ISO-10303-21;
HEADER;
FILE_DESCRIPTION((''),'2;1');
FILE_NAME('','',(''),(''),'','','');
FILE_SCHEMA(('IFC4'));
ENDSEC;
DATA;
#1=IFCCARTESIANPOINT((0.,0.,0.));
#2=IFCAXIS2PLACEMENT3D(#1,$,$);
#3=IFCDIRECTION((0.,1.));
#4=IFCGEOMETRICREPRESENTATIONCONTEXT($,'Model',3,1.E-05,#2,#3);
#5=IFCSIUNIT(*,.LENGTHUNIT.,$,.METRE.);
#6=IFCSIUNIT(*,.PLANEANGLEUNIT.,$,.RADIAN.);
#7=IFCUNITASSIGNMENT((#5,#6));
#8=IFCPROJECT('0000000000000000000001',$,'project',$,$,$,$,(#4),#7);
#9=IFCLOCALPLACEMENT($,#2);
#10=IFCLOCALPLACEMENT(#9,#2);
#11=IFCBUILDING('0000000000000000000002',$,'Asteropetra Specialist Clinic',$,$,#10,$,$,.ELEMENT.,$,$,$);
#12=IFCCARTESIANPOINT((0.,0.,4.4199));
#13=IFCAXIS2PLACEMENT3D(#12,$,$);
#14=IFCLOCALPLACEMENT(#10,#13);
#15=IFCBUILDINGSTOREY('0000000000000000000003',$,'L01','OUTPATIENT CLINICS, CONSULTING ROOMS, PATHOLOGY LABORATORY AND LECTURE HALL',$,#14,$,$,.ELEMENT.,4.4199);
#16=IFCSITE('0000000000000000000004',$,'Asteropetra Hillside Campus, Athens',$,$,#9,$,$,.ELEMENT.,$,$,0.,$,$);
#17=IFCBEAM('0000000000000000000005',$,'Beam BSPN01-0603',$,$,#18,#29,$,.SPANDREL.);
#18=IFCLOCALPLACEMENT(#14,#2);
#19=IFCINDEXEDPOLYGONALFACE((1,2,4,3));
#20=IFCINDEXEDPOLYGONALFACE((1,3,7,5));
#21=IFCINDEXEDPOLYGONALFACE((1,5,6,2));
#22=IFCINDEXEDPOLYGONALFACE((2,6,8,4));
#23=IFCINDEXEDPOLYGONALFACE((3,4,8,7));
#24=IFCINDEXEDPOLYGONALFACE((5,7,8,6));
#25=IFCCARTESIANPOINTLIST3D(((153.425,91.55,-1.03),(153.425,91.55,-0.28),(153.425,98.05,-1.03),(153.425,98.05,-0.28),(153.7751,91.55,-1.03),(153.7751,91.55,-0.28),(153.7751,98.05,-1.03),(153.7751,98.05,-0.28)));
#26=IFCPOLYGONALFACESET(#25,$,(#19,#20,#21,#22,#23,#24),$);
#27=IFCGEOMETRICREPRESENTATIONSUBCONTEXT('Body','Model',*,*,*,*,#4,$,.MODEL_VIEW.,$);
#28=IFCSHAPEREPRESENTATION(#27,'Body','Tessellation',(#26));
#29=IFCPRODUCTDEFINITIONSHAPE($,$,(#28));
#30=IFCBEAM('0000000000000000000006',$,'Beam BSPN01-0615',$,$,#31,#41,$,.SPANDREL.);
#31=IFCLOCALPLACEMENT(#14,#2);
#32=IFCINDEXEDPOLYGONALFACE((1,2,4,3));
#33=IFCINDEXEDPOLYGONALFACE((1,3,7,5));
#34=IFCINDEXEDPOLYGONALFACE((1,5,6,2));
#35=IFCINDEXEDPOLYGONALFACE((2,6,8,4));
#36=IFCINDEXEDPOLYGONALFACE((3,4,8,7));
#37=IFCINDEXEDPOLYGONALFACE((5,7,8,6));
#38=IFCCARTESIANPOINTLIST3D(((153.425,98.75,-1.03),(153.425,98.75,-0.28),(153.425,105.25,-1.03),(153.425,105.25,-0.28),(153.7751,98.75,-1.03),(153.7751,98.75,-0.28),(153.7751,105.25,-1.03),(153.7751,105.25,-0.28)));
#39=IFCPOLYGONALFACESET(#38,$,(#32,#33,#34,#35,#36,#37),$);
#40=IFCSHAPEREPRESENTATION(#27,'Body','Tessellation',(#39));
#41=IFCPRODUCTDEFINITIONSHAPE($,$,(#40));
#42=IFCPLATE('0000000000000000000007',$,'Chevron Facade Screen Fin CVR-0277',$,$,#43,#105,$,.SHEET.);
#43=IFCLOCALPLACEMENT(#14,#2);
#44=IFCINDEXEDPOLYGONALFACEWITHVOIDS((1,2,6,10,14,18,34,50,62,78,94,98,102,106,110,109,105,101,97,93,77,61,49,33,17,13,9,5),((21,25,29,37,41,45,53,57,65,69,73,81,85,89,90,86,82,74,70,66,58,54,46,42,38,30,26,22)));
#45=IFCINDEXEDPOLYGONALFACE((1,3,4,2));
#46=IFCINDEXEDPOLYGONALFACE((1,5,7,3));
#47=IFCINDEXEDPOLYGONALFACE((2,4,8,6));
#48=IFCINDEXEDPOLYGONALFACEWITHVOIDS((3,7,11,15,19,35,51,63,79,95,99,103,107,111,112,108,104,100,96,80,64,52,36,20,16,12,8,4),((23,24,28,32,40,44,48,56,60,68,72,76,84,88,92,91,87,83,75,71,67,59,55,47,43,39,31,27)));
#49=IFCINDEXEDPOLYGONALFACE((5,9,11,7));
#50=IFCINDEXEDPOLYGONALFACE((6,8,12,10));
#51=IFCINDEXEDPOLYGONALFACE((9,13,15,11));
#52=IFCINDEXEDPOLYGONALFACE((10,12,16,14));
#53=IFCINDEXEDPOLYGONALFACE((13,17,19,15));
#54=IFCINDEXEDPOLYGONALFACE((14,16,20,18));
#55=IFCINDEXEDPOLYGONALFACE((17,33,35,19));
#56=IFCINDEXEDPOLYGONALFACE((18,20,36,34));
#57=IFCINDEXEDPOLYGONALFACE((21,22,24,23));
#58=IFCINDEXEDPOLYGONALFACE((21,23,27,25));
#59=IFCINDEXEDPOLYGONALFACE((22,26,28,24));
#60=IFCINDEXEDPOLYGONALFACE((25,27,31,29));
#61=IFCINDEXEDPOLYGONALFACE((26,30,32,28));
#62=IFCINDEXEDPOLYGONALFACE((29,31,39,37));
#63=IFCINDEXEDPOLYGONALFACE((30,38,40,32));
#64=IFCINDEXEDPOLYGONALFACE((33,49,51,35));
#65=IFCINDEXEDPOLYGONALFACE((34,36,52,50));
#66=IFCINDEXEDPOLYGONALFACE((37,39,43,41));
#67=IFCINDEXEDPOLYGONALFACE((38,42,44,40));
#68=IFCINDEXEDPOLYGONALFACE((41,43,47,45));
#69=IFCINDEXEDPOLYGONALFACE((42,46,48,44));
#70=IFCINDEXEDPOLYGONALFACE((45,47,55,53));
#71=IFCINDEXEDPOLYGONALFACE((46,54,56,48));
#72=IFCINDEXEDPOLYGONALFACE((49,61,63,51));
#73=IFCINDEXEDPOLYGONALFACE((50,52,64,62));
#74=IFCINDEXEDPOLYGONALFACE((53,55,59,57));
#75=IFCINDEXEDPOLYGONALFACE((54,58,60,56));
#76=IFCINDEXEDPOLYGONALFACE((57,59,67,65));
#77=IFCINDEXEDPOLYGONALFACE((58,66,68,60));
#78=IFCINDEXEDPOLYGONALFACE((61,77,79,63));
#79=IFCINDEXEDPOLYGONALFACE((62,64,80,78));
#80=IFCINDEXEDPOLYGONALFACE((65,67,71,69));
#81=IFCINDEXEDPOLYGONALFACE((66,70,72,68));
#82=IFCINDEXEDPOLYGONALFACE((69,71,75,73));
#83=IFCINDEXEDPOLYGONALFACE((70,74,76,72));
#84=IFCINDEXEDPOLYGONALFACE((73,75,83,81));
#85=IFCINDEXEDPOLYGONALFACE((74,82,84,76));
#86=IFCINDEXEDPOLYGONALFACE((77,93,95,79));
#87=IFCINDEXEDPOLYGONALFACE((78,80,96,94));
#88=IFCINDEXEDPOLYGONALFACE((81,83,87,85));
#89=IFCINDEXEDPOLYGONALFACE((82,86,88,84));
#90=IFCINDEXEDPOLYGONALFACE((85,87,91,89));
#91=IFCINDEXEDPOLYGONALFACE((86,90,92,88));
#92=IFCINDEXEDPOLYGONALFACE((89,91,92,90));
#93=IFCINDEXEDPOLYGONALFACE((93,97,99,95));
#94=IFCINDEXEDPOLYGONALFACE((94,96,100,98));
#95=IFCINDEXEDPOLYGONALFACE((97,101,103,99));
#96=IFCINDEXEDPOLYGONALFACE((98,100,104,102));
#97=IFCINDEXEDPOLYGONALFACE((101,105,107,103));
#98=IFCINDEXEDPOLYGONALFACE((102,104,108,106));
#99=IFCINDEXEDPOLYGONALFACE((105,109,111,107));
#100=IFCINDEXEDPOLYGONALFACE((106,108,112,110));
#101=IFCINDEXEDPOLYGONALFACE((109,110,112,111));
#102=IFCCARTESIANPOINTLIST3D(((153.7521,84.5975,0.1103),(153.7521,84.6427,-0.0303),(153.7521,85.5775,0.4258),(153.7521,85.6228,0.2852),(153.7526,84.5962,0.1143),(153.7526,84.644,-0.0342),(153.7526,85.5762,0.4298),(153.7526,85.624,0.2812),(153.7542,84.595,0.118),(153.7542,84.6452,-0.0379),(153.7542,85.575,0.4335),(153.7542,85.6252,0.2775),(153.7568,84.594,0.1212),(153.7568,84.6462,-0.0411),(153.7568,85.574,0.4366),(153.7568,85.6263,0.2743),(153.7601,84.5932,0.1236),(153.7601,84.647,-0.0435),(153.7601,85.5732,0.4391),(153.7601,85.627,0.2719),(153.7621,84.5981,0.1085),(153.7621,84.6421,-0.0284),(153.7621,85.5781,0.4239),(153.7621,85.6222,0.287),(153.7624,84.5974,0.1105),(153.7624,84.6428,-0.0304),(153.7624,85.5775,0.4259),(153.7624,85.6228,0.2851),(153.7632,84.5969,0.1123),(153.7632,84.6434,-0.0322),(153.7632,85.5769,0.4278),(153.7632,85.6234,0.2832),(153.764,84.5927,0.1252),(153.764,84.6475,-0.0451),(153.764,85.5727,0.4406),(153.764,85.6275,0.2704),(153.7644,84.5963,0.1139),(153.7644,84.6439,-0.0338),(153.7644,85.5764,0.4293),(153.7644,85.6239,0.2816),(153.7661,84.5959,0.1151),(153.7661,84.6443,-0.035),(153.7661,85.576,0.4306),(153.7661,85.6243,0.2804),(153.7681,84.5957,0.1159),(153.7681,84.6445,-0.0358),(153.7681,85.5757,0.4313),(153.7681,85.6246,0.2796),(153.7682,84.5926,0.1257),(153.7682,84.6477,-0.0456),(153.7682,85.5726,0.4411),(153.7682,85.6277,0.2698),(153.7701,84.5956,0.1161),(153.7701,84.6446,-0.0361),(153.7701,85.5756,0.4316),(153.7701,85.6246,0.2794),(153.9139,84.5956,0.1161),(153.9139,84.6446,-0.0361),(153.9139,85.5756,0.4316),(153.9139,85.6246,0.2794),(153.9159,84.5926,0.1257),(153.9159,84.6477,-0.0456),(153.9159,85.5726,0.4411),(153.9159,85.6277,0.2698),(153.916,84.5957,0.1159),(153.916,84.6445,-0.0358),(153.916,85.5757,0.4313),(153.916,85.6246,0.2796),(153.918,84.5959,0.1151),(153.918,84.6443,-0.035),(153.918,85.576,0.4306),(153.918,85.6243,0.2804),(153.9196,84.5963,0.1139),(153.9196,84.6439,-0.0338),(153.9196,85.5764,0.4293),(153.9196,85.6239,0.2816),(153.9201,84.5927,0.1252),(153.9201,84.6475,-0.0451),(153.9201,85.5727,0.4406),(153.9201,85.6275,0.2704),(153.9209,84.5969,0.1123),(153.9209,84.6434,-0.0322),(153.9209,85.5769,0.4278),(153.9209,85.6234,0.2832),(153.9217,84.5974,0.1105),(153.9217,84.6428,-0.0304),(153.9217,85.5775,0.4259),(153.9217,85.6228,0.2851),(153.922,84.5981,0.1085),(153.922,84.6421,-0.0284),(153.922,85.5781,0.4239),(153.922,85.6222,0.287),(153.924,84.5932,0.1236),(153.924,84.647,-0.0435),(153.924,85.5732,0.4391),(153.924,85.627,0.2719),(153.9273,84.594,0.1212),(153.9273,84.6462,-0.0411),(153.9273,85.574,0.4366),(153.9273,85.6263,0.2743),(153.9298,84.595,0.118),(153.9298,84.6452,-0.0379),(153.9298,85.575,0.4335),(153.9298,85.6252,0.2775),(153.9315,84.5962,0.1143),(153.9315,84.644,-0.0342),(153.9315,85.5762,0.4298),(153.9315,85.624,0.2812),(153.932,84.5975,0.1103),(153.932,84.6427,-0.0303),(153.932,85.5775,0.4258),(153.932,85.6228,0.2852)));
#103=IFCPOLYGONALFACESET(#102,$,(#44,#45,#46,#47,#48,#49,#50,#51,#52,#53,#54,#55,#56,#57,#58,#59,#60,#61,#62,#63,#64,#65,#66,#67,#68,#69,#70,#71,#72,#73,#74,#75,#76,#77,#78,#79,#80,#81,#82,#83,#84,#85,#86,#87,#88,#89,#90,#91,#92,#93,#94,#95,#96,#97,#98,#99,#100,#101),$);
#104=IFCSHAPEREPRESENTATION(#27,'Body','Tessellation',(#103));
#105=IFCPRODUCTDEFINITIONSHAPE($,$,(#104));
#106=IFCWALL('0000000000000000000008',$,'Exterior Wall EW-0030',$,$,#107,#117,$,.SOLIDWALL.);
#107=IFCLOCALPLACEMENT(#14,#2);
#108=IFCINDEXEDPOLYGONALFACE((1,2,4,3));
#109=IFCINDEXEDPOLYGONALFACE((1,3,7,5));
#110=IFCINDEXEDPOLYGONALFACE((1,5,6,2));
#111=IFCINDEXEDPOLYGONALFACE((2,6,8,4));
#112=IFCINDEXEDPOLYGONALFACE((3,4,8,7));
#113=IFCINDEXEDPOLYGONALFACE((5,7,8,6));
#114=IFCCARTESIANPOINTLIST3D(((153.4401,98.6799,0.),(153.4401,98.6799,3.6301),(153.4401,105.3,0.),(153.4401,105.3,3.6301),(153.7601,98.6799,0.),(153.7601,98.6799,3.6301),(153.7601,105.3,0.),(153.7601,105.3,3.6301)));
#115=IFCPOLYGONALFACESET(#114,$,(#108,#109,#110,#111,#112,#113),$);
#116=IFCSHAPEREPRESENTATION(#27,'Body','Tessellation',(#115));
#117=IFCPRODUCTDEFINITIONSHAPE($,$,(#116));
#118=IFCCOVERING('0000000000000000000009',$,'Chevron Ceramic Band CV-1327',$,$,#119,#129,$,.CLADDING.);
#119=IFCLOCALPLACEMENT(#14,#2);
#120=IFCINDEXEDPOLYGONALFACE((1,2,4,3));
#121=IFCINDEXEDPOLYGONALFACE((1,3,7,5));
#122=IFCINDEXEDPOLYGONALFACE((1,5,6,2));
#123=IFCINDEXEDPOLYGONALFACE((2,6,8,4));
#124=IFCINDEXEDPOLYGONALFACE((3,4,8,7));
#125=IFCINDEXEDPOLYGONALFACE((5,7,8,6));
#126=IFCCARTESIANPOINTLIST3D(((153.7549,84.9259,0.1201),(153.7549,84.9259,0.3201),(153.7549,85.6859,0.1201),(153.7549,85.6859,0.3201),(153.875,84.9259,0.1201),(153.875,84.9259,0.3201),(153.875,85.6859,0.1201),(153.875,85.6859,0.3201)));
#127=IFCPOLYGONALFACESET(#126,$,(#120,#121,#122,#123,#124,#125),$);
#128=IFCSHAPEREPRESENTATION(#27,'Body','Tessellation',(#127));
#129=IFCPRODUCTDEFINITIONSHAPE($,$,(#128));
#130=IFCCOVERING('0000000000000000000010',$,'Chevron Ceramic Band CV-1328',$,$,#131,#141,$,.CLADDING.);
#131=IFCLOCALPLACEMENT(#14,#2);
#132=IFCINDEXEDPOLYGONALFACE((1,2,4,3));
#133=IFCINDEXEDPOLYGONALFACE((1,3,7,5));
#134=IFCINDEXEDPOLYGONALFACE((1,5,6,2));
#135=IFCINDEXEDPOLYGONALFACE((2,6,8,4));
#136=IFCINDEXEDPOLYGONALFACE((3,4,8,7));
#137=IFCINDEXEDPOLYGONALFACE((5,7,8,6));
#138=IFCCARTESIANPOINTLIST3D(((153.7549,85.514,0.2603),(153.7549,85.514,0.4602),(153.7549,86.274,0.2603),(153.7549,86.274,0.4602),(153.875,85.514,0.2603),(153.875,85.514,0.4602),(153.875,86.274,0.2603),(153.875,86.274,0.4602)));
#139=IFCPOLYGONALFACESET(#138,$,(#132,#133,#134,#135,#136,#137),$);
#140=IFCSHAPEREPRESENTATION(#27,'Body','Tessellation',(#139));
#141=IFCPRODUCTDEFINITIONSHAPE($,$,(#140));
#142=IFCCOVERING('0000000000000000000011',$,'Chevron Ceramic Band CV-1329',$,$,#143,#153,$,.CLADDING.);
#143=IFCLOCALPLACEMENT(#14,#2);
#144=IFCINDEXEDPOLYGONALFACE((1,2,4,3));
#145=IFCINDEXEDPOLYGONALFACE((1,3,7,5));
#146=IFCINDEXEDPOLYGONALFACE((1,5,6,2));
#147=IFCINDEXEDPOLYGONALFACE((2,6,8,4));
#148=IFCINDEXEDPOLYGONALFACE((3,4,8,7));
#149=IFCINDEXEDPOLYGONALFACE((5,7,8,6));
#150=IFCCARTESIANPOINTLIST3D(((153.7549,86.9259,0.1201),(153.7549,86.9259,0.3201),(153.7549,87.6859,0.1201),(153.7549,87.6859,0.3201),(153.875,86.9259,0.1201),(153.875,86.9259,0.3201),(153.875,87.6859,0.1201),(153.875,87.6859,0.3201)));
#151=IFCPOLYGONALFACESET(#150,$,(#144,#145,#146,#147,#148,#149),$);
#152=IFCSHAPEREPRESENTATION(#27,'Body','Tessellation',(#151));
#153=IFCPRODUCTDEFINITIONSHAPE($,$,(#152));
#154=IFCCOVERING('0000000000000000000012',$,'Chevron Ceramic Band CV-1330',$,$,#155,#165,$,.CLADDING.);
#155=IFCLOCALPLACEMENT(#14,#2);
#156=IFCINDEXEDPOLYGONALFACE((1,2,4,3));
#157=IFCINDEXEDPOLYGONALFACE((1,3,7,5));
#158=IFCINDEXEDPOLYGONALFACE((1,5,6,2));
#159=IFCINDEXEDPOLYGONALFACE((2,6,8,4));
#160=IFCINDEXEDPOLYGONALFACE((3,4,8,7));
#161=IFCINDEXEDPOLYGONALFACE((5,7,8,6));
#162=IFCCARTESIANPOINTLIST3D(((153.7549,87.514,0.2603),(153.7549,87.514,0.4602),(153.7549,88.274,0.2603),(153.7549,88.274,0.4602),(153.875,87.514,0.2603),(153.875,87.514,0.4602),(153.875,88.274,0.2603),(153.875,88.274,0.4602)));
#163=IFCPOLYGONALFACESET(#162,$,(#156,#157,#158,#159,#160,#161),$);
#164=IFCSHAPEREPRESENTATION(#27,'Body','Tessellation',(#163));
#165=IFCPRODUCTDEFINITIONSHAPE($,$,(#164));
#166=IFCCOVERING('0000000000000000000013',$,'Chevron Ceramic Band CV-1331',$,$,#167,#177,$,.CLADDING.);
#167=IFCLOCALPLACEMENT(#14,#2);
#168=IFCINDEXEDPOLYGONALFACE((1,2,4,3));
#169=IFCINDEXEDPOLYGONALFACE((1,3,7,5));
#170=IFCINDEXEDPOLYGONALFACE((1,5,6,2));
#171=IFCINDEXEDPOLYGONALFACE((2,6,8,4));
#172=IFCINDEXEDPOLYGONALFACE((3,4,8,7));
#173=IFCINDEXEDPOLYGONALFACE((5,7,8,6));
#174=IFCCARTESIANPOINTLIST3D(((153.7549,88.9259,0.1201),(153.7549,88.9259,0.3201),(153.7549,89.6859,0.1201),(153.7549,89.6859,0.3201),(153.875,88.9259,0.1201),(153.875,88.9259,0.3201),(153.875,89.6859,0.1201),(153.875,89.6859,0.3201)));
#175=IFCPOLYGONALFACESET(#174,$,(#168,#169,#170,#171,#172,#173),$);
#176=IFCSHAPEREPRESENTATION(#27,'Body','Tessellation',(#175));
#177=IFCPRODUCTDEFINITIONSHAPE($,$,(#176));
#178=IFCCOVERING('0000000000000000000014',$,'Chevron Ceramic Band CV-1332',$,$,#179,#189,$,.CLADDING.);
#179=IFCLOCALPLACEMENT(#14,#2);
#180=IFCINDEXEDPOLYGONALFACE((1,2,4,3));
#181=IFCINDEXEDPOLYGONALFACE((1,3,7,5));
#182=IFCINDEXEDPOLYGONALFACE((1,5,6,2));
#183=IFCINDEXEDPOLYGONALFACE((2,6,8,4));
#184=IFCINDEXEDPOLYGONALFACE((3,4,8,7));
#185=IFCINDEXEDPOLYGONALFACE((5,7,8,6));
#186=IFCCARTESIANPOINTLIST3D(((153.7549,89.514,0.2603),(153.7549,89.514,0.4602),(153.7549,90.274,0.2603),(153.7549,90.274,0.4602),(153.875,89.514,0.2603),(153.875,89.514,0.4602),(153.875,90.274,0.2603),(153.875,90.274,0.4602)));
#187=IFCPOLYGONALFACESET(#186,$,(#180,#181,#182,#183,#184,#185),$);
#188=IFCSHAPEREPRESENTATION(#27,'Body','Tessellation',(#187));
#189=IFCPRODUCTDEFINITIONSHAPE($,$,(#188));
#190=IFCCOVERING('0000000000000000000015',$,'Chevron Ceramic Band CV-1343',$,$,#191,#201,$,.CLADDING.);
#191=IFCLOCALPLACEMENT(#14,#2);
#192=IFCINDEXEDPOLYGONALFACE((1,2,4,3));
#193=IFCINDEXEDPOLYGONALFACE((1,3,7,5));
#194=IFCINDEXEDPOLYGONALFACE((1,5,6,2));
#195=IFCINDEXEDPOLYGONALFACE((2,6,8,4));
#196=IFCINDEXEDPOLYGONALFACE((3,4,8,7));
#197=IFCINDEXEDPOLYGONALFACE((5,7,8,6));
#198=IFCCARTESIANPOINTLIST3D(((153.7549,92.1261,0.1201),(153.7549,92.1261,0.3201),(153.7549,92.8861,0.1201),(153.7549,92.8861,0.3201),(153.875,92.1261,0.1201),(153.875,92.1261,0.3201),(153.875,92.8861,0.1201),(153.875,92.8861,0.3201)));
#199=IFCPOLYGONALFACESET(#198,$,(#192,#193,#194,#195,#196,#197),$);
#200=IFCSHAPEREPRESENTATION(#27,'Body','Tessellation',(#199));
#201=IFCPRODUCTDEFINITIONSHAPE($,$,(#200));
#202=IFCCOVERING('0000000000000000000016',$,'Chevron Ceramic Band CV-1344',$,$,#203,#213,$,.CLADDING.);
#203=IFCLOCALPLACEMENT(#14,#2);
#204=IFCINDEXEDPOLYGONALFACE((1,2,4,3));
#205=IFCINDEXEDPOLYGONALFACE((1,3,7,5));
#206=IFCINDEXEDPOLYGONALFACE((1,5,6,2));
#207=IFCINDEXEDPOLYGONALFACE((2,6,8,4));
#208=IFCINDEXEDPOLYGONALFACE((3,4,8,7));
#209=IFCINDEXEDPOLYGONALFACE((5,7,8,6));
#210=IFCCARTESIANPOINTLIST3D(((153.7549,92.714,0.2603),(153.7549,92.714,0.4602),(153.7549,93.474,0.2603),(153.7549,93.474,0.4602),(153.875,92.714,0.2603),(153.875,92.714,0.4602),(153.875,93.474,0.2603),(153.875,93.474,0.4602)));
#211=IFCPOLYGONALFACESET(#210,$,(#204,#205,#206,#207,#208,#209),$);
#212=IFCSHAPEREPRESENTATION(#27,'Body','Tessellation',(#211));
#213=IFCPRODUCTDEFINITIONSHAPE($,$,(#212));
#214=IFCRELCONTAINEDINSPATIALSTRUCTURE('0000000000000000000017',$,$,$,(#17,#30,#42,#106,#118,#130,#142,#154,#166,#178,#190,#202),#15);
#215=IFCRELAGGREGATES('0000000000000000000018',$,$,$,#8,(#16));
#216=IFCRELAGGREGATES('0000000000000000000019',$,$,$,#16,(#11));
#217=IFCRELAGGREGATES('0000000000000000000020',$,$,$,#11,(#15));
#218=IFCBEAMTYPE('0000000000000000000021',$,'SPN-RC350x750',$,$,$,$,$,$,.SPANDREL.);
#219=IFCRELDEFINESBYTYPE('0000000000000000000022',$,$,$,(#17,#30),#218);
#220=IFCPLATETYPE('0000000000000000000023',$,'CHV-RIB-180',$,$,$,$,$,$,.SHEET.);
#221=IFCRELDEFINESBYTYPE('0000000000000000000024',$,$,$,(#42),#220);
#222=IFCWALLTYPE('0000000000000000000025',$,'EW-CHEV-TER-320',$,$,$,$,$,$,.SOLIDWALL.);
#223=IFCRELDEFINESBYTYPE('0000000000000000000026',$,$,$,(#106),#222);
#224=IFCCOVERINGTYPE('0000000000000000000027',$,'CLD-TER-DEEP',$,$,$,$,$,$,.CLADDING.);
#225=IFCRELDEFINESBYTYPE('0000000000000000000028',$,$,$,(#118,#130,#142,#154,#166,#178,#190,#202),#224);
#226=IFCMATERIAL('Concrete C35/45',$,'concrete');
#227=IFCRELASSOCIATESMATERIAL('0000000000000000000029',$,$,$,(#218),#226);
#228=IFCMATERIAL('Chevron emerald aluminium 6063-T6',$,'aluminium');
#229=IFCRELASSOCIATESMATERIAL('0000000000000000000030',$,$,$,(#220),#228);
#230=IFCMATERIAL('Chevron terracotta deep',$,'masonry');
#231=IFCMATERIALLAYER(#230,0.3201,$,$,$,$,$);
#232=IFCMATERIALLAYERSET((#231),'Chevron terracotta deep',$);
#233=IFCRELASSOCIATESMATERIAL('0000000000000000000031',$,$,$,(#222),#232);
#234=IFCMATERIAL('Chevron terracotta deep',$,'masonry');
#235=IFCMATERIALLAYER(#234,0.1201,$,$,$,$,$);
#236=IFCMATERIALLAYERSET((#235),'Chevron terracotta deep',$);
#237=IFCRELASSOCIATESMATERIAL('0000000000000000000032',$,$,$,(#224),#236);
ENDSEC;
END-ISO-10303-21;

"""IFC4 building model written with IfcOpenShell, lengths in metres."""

from ifc_helpers import new_model, si_unit, direction, frame, frame_2d, origin, origin_2d, place, context, subcontext, project, spatial, rectangle, hollow_rectangle, extrude, material, layer, layer_set, material_profile, profile_set, type_object, element, save


model = new_model("IFC4")

# Units and contexts
model_context = context("Model", 3, precision=1e-05, world=origin(), true_north=direction((0.0, 1.0)))
body_context = subcontext(model_context, "Body", "Model", "MODEL_VIEW")
ifc_project = project(units=[si_unit("LENGTHUNIT", "METRE"), si_unit("PLANEANGLEUNIT", "RADIAN")], contexts=[model_context])

# Site, building, storey
site_placement = place(None, origin())
site = spatial("IfcSite", under=ifc_project, at=site_placement, Name="Asteropetra Hillside Campus, Athens", CompositionType="ELEMENT", RefElevation=0.0)
building_placement = place(site_placement, origin())
building = spatial("IfcBuilding", under=site, at=building_placement, Name="Asteropetra Specialist Clinic", CompositionType="ELEMENT")
storey_placement = place(building_placement, frame((0.0, 0.0, 4.4199)))
storey = spatial("IfcBuildingStorey", under=building, at=storey_placement, Name="L01", Description="OUTPATIENT CLINICS, CONSULTING ROOMS, PATHOLOGY LABORATORY AND LECTURE HALL", CompositionType="ELEMENT", Elevation=4.4199)

# Beams
ifc_material_1 = material(Name="Concrete C35/45", Category="concrete")
ifc_material_profile_1 = material_profile(ifc_material_1, rectangle(XDim=0.3501, YDim=0.75, at=origin_2d()), Name="RCS 350x750")
ifc_profile_set_1 = profile_set([ifc_material_profile_1], Name="Concrete C35/45")
beam_type = type_object("IfcBeamType", Name="SPN-RC350x750", PredefinedType="SPANDREL", material=ifc_profile_set_1)
for number, where, z_axis, x_axis, name in (
    (1, (153.6001, 91.55, -0.655), (0.0, 1.0, 0.0), (-1.0, 0.0, 0.0), "Beam BSPN01-0603"),
    (2, (153.6001, 98.75, -0.655), (0.0, 1.0, 0.0), (-1.0, 0.0, 0.0), "Beam BSPN01-0615"),
):
    element("IfcBeam", number, at=place(storey_placement, frame(where, z_axis=z_axis, x_axis=x_axis)), inside=storey, type_object=beam_type, Name=name, PredefinedType="SPANDREL", context=body_context, shape_type="SweptSolid", body=[
        extrude(rectangle(XDim=0.3501, YDim=0.75, at=origin_2d()), origin(), (0.0, 0.0, 1.0), 6.5),
    ])

# Plate
ifc_material_2 = material(Name="Chevron emerald aluminium 6063-T6", Category="aluminium")
ifc_material_profile_2 = material_profile(ifc_material_2, hollow_rectangle(XDim=0.1799, YDim=0.1799, WallThickness=0.01, InnerFilletRadius=0.0081, OuterFilletRadius=0.0161, at=origin_2d()), Name="SHS 180x180x10.0")
ifc_profile_set_2 = profile_set([ifc_material_profile_2], Name="Chevron emerald aluminium 6063-T6")
plate_type = type_object("IfcPlateType", Name="CHV-RIB-180", PredefinedType="SHEET", material=ifc_profile_set_2)
plate_placement = place(storey_placement, frame((153.842, 84.6201, 0.04), z_axis=(0.0, 0.951905, 0.306393), x_axis=(-1.0, 0.0, 0.0)))
element("IfcPlate", 3, at=plate_placement, inside=storey, type_object=plate_type, Name="Chevron Facade Screen Fin CVR-0277", PredefinedType="SHEET", context=body_context, shape_type="SweptSolid", body=[
    extrude(hollow_rectangle(XDim=0.1799, YDim=0.1799, WallThickness=0.01, InnerFilletRadius=0.0081, OuterFilletRadius=0.0161, at=origin_2d()), origin(), (0.0, 0.0, 1.0), 1.0295),
])

# Wall
ifc_material_3 = material(Name="Chevron terracotta deep", Category="masonry")
ifc_layer_1 = layer(ifc_material_3, 0.3201)
ifc_layer_set_1 = layer_set([ifc_layer_1], Name="Chevron terracotta deep")
wall_type = type_object("IfcWallType", Name="EW-CHEV-TER-320", PredefinedType="SOLIDWALL", material=ifc_layer_set_1)
wall_placement = place(storey_placement, frame((153.6001, 98.6799, 0.0), z_axis=(0.0, 0.0, 1.0), x_axis=(0.0, 1.0, 0.0)))
element("IfcWall", 4, at=wall_placement, inside=storey, type_object=wall_type, Name="Exterior Wall EW-0030", PredefinedType="SOLIDWALL", context=body_context, shape_type="SweptSolid", body=[
    extrude(rectangle(XDim=6.6201, YDim=0.3201, at=frame_2d((3.3101, 0.0))), origin(), (0.0, 0.0, 1.0), 3.6301),
])

# Coverings
ifc_material_4 = material(Name="Chevron terracotta deep", Category="masonry")
ifc_layer_2 = layer(ifc_material_4, 0.1201)
ifc_layer_set_2 = layer_set([ifc_layer_2], Name="Chevron terracotta deep")
covering_type_1 = type_object("IfcCoveringType", Name="CLD-TER-DEEP", PredefinedType="CLADDING", material=ifc_layer_set_2)
for number, where, z_axis, x_axis, name in (
    (5, (153.8149, 85.3059, 0.1201), (0.0, 0.0, 1.0), (1.0, 0.0, 0.0), "Chevron Ceramic Band CV-1327"),
    (6, (153.8149, 85.894, 0.2603), (0.0, 0.0, 1.0), (1.0, 0.0, 0.0), "Chevron Ceramic Band CV-1328"),
    (7, (153.8149, 87.3059, 0.1201), (0.0, 0.0, 1.0), (1.0, 0.0, 0.0), "Chevron Ceramic Band CV-1329"),
    (8, (153.8149, 87.894, 0.2603), (0.0, 0.0, 1.0), (1.0, 0.0, 0.0), "Chevron Ceramic Band CV-1330"),
    (9, (153.8149, 89.3059, 0.1201), (0.0, 0.0, 1.0), (1.0, 0.0, 0.0), "Chevron Ceramic Band CV-1331"),
    (10, (153.8149, 89.894, 0.2603), (0.0, 0.0, 1.0), (1.0, 0.0, 0.0), "Chevron Ceramic Band CV-1332"),
    (11, (153.8149, 92.5061, 0.1201), (0.0, 0.0, 1.0), (1.0, 0.0, 0.0), "Chevron Ceramic Band CV-1343"),
    (12, (153.8149, 93.094, 0.2603), (0.0, 0.0, 1.0), (1.0, 0.0, 0.0), "Chevron Ceramic Band CV-1344"),
):
    element("IfcCovering", number, at=place(storey_placement, frame(where, z_axis=z_axis, x_axis=x_axis)), inside=storey, type_object=covering_type_1, Name=name, PredefinedType="CLADDING", context=body_context, shape_type="SweptSolid", body=[
        extrude(rectangle(XDim=0.1201, YDim=0.76, at=origin_2d()), origin(), (0.0, 0.0, 1.0), 0.2),
    ])

save(model, "model.ifc")
